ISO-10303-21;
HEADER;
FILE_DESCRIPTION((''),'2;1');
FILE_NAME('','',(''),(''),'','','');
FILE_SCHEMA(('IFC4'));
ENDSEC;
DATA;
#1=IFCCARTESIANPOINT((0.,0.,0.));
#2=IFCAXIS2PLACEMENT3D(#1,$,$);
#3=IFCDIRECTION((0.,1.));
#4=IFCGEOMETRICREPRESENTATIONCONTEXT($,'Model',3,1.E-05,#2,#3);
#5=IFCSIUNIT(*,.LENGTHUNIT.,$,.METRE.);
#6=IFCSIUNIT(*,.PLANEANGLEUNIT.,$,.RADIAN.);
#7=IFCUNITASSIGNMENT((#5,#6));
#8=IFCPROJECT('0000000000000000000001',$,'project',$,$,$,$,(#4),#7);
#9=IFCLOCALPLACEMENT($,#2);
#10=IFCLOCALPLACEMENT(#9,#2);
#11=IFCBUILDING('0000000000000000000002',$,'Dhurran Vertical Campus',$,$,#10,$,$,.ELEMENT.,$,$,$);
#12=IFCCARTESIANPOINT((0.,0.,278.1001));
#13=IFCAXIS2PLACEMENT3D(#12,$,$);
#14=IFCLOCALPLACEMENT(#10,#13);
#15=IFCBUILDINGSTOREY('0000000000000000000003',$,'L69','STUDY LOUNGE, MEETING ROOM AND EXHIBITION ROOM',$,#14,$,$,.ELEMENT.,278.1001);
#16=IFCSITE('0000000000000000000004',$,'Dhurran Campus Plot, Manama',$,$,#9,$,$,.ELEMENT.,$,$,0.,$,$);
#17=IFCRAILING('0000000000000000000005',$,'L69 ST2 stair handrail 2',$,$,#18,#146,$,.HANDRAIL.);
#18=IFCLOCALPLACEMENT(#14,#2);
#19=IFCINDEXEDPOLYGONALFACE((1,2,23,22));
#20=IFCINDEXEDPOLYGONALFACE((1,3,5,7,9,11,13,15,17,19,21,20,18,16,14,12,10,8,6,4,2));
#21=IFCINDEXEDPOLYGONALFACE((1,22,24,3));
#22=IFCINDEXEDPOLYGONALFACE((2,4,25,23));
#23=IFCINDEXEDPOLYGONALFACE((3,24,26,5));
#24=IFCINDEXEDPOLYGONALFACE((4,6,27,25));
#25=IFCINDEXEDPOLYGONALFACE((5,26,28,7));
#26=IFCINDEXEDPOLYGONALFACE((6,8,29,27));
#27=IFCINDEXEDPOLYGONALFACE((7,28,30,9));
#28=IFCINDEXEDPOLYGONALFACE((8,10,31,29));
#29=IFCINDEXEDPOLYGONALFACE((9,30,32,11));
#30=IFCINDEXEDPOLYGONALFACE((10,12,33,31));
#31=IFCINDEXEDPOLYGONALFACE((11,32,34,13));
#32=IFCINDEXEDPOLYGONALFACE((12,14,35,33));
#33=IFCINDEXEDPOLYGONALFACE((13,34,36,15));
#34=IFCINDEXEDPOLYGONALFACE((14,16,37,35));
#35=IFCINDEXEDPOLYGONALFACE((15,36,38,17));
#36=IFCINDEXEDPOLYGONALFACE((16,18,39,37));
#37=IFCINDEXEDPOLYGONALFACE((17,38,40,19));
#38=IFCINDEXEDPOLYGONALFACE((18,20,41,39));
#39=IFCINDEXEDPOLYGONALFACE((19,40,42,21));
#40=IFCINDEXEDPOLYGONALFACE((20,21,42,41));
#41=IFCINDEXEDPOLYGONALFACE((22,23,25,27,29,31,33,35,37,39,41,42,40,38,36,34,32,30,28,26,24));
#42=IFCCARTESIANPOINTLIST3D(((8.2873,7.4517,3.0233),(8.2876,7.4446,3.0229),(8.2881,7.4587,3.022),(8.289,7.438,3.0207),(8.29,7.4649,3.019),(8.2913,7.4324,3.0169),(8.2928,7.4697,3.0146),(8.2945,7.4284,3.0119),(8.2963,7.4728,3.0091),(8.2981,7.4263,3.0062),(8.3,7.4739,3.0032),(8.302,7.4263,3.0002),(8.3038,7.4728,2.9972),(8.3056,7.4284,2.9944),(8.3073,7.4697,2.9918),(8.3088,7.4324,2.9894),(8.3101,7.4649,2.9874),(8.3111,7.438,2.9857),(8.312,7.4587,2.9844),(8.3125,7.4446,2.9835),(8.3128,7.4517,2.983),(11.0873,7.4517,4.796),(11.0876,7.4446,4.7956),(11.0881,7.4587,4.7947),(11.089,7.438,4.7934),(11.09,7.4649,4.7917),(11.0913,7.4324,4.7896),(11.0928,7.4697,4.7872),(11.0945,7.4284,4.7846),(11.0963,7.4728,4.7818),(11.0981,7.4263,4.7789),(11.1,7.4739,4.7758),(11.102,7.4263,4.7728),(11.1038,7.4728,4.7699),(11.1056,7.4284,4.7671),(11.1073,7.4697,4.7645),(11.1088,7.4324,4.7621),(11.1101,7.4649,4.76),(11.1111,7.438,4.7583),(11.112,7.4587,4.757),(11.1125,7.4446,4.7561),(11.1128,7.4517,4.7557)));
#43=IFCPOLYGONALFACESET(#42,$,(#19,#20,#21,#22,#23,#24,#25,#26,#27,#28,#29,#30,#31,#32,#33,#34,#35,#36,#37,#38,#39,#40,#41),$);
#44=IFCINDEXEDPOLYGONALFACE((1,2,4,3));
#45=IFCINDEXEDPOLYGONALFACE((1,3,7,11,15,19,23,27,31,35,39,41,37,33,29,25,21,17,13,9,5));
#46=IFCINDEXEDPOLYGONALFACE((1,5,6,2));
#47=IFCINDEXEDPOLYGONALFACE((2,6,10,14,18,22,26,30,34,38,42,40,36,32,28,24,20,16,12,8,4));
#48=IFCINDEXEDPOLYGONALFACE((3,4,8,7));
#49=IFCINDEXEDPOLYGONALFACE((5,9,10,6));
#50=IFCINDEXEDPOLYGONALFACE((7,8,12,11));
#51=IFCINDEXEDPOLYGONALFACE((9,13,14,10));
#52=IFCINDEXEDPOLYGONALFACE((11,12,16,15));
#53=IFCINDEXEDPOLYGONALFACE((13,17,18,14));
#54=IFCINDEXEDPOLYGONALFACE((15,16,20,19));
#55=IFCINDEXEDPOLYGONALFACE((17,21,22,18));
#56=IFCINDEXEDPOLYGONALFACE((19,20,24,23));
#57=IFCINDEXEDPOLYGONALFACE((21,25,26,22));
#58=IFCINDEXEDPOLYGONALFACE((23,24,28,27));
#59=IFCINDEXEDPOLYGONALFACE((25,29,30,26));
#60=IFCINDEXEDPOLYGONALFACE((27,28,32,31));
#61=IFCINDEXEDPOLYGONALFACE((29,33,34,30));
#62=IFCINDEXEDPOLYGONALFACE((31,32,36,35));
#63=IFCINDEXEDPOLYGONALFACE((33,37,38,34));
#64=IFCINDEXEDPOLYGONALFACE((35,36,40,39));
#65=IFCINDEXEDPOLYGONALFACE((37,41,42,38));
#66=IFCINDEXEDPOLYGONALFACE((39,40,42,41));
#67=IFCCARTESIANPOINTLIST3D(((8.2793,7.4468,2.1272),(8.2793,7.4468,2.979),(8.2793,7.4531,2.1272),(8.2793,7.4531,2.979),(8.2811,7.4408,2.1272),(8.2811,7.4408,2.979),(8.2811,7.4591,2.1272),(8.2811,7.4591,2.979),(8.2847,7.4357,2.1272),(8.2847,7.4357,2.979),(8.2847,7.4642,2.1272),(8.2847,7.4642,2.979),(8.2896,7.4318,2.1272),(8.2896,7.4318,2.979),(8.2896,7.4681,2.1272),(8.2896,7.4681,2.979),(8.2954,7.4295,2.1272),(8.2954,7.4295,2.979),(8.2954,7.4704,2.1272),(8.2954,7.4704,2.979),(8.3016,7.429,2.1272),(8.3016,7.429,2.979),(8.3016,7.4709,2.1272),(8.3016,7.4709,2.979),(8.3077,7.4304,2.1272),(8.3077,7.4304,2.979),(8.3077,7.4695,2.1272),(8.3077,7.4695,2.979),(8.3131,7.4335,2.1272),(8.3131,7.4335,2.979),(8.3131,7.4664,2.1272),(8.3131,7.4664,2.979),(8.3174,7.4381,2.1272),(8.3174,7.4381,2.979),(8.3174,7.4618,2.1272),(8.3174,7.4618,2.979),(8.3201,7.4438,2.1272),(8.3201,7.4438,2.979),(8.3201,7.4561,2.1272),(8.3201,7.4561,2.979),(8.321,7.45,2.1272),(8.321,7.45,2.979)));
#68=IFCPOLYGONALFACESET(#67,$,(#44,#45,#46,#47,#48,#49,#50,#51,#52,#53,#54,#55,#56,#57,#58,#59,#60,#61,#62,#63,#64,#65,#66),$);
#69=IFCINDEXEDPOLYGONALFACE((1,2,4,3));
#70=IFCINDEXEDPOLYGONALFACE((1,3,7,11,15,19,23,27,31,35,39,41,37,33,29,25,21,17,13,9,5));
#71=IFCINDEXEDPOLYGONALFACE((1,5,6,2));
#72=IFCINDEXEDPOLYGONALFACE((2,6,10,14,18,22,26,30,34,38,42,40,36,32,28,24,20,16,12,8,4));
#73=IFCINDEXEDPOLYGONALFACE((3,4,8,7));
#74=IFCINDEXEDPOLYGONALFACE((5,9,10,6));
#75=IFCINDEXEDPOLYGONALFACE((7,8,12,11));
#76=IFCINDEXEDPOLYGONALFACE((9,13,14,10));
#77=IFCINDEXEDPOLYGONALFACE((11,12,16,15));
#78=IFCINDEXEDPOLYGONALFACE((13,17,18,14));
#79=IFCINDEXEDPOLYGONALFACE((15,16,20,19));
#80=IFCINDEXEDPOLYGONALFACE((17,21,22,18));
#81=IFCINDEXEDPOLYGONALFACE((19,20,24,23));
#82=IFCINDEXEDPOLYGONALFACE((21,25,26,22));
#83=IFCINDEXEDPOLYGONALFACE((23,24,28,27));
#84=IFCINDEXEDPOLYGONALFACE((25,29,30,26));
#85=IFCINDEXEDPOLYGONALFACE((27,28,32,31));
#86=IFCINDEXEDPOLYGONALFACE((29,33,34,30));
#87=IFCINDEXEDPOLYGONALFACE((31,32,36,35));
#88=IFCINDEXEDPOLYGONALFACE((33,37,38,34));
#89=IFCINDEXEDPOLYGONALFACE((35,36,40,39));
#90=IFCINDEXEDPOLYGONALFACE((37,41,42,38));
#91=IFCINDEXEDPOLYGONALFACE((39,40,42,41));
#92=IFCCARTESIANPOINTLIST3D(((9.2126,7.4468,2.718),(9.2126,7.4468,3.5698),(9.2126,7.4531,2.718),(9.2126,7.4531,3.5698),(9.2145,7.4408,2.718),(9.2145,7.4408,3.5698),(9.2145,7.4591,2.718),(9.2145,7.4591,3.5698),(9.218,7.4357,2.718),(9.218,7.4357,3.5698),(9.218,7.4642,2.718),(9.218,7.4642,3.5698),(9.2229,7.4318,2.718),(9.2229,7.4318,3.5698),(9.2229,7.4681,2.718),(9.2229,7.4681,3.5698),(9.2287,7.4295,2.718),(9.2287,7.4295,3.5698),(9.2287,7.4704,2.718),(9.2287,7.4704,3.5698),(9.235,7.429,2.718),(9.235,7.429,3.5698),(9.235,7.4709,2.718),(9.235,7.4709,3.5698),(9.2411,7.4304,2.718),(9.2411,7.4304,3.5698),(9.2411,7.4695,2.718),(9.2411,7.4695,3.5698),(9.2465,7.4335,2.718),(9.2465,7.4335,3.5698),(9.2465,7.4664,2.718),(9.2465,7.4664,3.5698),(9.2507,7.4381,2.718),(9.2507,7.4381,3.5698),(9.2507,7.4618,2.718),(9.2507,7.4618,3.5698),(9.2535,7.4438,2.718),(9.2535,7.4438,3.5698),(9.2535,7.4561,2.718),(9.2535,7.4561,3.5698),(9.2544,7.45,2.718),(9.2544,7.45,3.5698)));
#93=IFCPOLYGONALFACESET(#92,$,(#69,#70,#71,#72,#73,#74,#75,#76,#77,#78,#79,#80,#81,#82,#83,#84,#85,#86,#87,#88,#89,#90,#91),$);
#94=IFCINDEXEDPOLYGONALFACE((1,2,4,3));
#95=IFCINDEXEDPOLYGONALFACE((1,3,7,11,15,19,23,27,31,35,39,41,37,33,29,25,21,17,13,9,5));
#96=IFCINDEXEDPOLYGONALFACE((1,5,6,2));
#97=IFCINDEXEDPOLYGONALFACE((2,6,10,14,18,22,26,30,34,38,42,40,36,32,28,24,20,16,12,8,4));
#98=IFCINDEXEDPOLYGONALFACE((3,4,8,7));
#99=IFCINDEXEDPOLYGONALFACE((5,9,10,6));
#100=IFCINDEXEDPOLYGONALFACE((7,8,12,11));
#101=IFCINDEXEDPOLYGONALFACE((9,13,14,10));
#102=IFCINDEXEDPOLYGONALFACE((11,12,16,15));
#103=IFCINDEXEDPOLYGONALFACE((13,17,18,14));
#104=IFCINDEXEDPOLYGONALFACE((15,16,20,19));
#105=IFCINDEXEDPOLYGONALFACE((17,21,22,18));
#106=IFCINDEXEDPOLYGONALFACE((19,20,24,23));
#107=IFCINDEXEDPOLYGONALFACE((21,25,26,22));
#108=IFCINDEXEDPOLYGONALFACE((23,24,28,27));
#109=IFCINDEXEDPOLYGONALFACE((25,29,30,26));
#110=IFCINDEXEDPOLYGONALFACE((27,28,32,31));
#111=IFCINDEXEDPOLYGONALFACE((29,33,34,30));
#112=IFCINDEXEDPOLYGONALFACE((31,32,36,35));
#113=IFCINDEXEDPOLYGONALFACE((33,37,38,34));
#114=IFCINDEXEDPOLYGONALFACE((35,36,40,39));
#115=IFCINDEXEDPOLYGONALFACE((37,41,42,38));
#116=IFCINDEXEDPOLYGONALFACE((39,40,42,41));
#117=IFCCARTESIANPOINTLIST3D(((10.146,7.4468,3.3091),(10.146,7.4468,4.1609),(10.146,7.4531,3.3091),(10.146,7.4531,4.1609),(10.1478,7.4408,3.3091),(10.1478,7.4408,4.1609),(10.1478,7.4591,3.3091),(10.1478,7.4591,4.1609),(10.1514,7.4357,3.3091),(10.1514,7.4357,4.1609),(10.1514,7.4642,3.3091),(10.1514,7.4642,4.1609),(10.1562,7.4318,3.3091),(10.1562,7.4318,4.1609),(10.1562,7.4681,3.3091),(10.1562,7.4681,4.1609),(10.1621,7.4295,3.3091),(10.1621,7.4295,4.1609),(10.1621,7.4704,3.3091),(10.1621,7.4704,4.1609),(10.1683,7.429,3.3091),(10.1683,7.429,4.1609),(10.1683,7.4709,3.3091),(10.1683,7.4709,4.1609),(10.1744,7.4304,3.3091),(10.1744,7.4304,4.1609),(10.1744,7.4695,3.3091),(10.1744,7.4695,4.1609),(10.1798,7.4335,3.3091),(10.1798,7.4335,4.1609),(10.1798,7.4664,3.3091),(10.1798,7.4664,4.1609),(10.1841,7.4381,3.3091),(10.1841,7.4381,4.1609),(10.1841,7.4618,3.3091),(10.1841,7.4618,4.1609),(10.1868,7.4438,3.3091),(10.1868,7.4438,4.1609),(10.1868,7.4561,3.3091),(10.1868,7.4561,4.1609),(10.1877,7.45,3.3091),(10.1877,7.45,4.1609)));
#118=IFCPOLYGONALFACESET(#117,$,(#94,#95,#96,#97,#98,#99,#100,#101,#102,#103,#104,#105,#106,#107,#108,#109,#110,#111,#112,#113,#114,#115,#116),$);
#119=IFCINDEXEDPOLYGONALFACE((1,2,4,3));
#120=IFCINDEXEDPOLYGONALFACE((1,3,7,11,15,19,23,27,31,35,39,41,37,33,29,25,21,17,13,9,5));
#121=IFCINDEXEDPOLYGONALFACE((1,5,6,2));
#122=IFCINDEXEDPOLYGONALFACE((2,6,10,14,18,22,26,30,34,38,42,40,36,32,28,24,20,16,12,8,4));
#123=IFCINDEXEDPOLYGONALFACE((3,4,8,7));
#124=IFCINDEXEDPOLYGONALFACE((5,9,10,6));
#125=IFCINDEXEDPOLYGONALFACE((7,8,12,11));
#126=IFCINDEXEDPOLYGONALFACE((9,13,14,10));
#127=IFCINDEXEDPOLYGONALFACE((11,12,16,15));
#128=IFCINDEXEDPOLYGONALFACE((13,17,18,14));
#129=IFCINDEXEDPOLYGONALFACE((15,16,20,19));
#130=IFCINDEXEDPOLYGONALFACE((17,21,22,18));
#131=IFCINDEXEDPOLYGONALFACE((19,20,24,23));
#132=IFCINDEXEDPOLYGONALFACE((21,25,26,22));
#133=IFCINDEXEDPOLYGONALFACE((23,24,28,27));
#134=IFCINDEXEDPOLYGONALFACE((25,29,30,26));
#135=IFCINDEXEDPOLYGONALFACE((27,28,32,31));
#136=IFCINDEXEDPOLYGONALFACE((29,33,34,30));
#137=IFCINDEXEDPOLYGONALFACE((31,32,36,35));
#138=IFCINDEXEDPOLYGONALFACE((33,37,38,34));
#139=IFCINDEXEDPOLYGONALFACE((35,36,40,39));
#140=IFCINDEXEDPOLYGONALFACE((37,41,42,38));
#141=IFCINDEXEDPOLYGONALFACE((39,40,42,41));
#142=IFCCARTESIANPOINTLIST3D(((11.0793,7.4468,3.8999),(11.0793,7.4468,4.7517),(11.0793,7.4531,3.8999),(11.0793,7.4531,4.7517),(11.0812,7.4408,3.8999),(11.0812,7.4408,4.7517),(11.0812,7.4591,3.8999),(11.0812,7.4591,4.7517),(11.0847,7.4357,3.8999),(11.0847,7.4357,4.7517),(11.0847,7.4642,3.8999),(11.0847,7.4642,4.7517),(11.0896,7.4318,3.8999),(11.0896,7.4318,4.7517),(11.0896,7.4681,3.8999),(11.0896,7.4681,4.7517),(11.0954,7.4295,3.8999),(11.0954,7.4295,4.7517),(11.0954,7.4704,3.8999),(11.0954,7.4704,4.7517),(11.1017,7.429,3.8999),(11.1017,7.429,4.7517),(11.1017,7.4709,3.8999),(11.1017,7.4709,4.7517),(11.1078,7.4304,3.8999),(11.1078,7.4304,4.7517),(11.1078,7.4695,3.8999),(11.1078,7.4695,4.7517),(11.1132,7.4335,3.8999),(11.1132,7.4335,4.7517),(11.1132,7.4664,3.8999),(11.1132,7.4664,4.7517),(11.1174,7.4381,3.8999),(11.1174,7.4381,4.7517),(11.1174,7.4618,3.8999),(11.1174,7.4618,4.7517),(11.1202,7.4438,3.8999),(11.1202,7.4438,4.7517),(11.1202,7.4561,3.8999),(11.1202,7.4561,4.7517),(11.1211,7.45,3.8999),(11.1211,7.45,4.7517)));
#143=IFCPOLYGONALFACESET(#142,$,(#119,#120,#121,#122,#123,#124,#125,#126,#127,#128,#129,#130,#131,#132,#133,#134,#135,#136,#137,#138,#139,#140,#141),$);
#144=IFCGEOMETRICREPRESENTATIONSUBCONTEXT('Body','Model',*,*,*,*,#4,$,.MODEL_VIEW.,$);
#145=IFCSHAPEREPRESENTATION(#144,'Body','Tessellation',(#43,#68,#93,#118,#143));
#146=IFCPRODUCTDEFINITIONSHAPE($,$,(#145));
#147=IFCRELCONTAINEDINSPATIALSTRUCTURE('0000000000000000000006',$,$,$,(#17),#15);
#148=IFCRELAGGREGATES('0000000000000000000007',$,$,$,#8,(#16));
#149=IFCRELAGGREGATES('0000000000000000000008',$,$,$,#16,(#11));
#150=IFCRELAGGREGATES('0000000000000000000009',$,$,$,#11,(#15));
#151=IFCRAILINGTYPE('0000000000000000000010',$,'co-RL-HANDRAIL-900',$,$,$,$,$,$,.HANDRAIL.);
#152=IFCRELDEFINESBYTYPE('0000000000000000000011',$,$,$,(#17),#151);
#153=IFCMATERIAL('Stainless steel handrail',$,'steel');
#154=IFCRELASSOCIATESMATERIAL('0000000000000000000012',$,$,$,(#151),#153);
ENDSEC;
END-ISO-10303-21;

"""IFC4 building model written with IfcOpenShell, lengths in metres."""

from ifc_helpers import new_model, si_unit, direction, frame, origin, origin_2d, place, context, subcontext, project, spatial, circle, extrude, material, type_object, element, save


model = new_model("IFC4")

# Units and contexts
model_context = context("Model", 3, precision=1e-05, world=origin(), true_north=direction((0.0, 1.0)))
body_context = subcontext(model_context, "Body", "Model", "MODEL_VIEW")
ifc_project = project(units=[si_unit("LENGTHUNIT", "METRE"), si_unit("PLANEANGLEUNIT", "RADIAN")], contexts=[model_context])

# Site, building, storey
site_placement = place(None, origin())
site = spatial("IfcSite", under=ifc_project, at=site_placement, Name="Dhurran Campus Plot, Manama", CompositionType="ELEMENT", RefElevation=0.0)
building_placement = place(site_placement, origin())
building = spatial("IfcBuilding", under=site, at=building_placement, Name="Dhurran Vertical Campus", CompositionType="ELEMENT")
storey_placement = place(building_placement, frame((0.0, 0.0, 278.1001)))
storey = spatial("IfcBuildingStorey", under=building, at=storey_placement, Name="L69", Description="STUDY LOUNGE, MEETING ROOM AND EXHIBITION ROOM", CompositionType="ELEMENT", Elevation=278.1001)

# Railing
ifc_material_1 = material(Name="Stainless steel handrail", Category="steel")
railing_type_1 = type_object("IfcRailingType", Name="co-RL-HANDRAIL-900", PredefinedType="HANDRAIL", material=ifc_material_1)
railing_1_placement = place(storey_placement, frame((8.3, 7.45, 2.1272)))
element("IfcRailing", 1, at=railing_1_placement, inside=storey, type_object=railing_type_1, Name="L69 ST2 stair handrail 2", PredefinedType="HANDRAIL", context=body_context, shape_type="SweptSolid", body=[
    extrude(circle(Radius=0.0239, at=origin_2d()), frame((0.0, 0.0, 0.876), z_axis=(0.844909, 0.0, 0.53491), x_axis=(0.0, 1.0, 0.0)), (0.0, 0.0, 1.0), 3.314),
    extrude(circle(Radius=0.021, at=origin_2d()), origin(), (0.0, 0.0, 1.0), 0.8518),
    extrude(circle(Radius=0.021, at=origin_2d()), frame((0.9333, 0.0, 0.5908)), (0.0, 0.0, 1.0), 0.8518),
    extrude(circle(Radius=0.021, at=origin_2d()), frame((1.8667, 0.0, 1.1819)), (0.0, 0.0, 1.0), 0.8518),
    extrude(circle(Radius=0.021, at=origin_2d()), frame((2.8, 0.0, 1.7727)), (0.0, 0.0, 1.0), 0.8518),
])

save(model, "model.ifc")
